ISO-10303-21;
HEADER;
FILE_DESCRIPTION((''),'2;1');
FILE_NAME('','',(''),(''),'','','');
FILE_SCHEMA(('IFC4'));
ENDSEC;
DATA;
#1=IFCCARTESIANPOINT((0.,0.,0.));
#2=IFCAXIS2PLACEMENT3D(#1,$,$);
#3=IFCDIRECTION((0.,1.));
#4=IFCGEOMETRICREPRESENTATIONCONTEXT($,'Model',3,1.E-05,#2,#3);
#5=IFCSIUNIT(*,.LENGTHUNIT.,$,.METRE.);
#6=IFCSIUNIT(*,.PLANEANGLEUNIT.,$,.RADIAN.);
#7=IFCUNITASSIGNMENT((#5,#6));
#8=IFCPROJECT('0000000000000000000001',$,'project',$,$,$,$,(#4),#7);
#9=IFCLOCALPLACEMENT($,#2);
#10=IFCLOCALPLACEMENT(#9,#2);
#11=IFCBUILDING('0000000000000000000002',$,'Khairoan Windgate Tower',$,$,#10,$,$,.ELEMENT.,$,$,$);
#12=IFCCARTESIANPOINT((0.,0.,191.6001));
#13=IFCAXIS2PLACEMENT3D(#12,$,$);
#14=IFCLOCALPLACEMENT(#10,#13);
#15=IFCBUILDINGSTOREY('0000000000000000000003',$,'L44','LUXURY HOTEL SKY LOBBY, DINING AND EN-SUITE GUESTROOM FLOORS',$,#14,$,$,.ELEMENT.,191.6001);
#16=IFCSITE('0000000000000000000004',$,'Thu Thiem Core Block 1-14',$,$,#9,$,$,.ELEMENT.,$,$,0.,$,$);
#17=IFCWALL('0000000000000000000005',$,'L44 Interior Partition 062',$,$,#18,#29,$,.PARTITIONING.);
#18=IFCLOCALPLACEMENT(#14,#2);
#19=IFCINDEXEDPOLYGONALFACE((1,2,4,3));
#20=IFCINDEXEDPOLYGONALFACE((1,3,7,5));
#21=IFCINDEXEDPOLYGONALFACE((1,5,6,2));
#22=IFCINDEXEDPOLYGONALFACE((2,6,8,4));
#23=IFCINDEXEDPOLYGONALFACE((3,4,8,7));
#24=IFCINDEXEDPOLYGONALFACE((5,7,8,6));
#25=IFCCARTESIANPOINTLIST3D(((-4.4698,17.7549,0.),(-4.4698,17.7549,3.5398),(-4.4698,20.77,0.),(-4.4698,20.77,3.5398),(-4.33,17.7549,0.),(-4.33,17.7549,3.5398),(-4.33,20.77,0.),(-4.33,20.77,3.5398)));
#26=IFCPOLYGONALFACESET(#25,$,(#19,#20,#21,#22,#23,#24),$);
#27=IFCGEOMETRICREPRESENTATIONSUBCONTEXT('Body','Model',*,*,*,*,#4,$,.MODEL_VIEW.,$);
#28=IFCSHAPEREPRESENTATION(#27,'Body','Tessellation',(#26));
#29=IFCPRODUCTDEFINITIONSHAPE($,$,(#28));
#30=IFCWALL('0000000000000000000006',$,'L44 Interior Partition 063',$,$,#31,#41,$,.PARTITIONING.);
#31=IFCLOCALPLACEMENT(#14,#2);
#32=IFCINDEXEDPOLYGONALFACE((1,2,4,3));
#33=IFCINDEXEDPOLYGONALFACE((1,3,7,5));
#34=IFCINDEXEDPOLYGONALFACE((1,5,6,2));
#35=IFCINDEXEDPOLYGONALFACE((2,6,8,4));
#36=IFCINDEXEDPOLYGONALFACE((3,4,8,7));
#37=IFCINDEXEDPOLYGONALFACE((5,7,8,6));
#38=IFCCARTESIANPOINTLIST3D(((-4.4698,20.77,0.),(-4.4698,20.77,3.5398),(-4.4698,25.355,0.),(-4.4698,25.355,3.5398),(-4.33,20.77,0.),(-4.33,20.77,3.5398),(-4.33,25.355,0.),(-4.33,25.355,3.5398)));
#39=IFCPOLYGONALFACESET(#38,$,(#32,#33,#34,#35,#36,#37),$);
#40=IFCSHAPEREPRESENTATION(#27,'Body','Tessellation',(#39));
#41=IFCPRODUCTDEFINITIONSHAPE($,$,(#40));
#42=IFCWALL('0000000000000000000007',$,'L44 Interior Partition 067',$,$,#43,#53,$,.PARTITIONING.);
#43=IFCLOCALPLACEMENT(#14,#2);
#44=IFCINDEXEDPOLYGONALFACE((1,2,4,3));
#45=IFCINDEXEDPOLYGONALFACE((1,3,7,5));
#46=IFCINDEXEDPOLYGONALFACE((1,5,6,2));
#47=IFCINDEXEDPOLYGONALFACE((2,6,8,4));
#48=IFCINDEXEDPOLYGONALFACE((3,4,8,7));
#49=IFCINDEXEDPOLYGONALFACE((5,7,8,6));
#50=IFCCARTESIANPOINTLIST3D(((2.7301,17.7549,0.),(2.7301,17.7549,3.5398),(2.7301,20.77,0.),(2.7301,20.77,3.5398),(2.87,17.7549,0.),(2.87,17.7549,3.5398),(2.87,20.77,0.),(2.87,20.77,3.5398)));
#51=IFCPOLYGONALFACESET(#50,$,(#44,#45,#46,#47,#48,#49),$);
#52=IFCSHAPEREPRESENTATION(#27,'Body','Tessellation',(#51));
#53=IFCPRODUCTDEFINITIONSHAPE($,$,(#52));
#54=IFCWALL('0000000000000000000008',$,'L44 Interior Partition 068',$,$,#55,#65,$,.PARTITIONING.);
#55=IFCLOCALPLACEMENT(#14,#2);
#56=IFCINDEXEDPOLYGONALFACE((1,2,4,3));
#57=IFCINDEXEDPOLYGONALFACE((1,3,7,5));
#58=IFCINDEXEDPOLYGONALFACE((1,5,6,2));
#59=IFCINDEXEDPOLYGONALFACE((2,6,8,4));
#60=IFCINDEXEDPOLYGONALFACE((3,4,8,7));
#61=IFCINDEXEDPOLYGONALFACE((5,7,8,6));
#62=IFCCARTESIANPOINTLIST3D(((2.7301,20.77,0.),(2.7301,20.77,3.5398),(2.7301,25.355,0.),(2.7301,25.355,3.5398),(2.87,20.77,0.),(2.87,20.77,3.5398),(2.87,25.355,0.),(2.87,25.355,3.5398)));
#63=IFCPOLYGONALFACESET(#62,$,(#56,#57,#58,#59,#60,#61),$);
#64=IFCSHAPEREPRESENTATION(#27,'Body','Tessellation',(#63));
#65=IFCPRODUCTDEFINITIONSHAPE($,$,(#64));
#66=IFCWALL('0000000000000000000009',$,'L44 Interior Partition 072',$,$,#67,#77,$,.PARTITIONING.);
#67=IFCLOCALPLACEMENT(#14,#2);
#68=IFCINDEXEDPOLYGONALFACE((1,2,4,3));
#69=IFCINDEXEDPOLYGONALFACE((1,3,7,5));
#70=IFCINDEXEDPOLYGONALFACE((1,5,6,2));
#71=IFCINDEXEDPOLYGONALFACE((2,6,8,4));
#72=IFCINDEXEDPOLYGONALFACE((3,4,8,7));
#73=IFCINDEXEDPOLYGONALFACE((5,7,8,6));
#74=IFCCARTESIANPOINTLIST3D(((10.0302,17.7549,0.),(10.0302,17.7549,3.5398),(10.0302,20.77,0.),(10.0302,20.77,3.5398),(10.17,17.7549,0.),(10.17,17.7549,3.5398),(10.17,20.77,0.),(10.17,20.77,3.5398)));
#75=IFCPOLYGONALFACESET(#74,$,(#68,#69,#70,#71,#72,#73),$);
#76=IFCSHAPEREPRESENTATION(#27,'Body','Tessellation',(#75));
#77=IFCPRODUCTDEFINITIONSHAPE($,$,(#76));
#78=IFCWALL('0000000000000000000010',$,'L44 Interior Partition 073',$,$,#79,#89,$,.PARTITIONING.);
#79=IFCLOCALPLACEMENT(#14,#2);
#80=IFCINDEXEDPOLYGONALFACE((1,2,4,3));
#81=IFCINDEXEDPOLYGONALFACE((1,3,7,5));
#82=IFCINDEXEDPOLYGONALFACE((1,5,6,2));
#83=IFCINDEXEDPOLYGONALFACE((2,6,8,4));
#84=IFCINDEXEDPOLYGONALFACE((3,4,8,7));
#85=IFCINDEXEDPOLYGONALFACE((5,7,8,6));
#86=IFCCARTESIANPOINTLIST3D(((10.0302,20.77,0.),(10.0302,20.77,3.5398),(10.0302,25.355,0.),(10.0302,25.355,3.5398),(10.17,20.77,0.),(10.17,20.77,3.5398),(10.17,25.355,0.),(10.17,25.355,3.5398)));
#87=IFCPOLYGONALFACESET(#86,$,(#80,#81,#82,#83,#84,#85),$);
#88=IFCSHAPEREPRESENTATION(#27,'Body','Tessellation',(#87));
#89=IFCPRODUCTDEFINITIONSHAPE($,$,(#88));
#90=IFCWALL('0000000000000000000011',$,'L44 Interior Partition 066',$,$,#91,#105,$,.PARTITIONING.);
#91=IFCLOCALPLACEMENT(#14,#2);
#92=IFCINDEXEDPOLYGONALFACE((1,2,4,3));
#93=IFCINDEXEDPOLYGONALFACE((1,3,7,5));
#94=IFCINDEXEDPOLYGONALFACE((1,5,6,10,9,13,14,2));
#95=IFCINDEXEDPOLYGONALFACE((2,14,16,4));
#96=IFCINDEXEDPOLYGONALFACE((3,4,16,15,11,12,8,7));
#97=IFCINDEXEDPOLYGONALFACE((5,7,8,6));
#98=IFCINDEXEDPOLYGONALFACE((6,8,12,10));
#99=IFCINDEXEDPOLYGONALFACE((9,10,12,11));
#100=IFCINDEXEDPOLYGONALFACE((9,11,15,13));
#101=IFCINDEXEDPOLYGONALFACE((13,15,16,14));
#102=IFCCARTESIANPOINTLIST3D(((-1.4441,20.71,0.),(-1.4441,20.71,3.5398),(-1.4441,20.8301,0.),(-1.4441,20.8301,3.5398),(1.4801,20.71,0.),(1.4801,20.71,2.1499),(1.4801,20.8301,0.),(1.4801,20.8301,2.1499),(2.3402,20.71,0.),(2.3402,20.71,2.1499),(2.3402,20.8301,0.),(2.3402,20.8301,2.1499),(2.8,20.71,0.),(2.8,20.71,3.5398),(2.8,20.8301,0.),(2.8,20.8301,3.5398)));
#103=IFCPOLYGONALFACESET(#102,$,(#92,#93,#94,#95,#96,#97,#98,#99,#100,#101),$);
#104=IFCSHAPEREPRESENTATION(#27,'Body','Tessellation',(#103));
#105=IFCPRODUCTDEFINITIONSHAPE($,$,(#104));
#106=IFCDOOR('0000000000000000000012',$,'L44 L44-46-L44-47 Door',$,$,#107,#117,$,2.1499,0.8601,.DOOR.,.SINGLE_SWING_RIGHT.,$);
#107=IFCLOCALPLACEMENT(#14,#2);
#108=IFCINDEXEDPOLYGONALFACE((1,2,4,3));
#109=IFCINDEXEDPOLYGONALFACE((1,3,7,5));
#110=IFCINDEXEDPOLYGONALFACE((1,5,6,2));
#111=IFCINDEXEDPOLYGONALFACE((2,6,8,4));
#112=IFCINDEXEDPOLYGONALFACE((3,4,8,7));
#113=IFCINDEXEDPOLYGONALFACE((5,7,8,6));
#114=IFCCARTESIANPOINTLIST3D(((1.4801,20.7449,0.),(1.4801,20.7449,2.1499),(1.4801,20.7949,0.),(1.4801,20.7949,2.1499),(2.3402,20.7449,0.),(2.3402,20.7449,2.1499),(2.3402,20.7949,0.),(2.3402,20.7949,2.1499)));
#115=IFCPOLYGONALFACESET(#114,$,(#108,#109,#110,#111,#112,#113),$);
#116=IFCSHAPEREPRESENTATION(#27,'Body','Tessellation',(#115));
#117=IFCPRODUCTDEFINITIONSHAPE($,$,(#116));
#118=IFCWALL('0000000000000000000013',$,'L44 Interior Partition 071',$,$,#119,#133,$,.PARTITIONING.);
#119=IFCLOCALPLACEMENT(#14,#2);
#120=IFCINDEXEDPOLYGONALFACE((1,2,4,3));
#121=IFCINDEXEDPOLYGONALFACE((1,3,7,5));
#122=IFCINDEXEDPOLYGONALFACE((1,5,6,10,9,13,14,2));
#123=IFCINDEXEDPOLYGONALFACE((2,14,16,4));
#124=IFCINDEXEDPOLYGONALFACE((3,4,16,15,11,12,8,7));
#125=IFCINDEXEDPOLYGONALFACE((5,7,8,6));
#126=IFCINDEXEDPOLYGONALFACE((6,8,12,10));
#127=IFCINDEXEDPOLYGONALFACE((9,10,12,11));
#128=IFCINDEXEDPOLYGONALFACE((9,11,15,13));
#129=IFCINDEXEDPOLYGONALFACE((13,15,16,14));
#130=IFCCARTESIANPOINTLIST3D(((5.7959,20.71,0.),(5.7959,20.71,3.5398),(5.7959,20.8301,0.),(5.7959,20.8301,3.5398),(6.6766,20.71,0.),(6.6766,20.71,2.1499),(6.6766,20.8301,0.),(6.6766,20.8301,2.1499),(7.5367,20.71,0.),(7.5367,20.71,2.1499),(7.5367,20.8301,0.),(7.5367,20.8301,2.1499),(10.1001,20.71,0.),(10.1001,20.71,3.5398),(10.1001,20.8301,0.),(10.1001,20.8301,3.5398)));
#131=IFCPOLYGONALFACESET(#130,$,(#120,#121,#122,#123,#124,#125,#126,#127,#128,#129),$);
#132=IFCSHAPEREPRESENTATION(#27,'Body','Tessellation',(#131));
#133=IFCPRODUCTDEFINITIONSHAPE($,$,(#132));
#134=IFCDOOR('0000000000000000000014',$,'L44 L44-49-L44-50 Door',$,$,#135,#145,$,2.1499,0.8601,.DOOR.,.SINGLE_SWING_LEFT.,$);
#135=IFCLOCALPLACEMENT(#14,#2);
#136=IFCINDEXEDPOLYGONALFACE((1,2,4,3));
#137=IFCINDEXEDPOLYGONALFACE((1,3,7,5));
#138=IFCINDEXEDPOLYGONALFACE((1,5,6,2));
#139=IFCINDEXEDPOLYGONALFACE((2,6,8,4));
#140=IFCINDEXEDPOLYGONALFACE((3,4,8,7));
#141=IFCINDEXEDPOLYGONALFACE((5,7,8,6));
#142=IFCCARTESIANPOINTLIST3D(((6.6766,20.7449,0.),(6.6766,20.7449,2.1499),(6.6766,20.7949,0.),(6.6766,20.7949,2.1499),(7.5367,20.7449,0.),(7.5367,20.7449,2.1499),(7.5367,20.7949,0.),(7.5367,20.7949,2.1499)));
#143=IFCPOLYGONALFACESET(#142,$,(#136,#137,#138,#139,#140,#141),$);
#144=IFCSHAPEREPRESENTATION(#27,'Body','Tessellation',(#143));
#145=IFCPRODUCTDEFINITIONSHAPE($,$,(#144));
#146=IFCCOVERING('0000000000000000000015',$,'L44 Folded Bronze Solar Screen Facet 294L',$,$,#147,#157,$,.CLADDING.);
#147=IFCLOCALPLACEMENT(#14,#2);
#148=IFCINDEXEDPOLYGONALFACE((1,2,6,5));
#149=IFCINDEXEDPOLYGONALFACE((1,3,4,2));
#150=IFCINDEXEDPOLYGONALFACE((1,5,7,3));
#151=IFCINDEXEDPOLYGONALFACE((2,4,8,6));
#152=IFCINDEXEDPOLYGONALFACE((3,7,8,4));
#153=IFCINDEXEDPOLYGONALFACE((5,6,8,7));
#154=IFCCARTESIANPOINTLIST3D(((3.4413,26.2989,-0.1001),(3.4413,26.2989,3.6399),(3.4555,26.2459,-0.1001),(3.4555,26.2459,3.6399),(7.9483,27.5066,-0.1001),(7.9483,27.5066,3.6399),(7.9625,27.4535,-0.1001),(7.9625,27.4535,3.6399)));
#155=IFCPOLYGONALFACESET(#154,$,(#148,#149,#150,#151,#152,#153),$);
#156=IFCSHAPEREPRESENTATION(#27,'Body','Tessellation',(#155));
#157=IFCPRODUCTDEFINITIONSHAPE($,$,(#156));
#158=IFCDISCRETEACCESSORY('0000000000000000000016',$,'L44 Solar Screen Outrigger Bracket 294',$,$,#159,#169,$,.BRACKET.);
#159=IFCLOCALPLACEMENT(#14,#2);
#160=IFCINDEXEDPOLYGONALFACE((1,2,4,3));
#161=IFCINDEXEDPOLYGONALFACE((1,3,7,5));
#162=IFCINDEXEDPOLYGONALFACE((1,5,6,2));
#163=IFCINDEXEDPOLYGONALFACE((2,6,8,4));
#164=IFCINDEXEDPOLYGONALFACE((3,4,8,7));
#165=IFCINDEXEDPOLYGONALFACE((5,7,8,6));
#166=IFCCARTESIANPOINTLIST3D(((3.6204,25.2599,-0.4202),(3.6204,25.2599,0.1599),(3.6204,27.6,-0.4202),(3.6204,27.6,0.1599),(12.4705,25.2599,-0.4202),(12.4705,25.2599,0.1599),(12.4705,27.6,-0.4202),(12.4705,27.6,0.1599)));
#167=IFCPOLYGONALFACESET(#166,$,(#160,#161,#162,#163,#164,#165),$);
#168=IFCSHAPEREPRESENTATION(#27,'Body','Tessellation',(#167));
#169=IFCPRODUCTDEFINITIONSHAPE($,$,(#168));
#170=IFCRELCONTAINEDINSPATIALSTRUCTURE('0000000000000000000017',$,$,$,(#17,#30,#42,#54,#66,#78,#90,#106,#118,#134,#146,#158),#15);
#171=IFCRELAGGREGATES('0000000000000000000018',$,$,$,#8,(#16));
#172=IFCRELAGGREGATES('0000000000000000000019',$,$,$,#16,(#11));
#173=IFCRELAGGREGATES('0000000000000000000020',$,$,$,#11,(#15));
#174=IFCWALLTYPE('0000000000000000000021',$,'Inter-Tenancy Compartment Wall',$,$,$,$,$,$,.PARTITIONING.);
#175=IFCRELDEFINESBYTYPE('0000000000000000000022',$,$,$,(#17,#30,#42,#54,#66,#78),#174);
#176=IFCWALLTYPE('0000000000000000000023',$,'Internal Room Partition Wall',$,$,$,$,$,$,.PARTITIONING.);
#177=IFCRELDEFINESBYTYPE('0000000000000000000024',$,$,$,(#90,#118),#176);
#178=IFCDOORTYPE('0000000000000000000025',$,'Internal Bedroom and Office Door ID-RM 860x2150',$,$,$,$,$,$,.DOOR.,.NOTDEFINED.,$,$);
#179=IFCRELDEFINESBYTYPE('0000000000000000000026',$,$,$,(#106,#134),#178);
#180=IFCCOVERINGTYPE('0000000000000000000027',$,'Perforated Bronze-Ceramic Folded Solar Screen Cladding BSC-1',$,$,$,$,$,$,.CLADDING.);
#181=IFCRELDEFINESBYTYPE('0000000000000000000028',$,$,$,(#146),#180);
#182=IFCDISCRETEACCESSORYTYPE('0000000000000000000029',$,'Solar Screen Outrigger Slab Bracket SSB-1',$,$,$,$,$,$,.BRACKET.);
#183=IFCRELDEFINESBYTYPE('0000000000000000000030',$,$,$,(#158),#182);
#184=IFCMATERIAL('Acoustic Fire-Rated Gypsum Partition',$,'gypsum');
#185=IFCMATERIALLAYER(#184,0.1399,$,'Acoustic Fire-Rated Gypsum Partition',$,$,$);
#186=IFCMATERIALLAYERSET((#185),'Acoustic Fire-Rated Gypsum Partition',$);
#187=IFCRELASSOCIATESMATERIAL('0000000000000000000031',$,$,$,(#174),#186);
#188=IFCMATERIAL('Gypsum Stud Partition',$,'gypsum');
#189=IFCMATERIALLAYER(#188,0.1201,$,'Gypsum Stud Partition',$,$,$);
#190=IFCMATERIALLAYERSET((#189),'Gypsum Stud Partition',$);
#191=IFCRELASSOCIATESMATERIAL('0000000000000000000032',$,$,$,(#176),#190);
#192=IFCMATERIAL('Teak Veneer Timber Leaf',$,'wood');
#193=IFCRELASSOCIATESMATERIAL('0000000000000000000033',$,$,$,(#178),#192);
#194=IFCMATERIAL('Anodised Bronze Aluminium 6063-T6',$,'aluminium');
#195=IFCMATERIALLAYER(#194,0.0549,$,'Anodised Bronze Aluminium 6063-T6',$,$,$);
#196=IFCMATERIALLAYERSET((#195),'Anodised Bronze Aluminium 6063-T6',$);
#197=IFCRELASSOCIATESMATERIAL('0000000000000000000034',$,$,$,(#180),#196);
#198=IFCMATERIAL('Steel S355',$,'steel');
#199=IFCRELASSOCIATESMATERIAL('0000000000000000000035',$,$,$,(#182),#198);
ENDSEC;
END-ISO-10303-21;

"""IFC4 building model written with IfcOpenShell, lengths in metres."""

from ifc_helpers import new_model, si_unit, direction, frame, frame_2d, origin, origin_2d, place, context, subcontext, project, spatial, rectangle, extrude, material, layer, layer_set, type_object, element, fill, save


model = new_model("IFC4")

# Units and contexts
model_context = context("Model", 3, precision=1e-05, world=origin(), true_north=direction((0.0, 1.0)))
body_context = subcontext(model_context, "Body", "Model", "MODEL_VIEW")
ifc_project = project(units=[si_unit("LENGTHUNIT", "METRE"), si_unit("PLANEANGLEUNIT", "RADIAN")], contexts=[model_context])

# Site, building, storey
site_placement = place(None, origin())
site = spatial("IfcSite", under=ifc_project, at=site_placement, Name="Thu Thiem Core Block 1-14", CompositionType="ELEMENT", RefElevation=0.0)
building_placement = place(site_placement, origin())
building = spatial("IfcBuilding", under=site, at=building_placement, Name="Khairoan Windgate Tower", CompositionType="ELEMENT")
storey_placement = place(building_placement, frame((0.0, 0.0, 191.6001)))
storey = spatial("IfcBuildingStorey", under=building, at=storey_placement, Name="L44", Description="LUXURY HOTEL SKY LOBBY, DINING AND EN-SUITE GUESTROOM FLOORS", CompositionType="ELEMENT", Elevation=191.6001)

# Walls
ifc_material_1 = material(Name="Acoustic Fire-Rated Gypsum Partition", Category="gypsum")
ifc_layer_1 = layer(ifc_material_1, 0.1399, Name="Acoustic Fire-Rated Gypsum Partition")
ifc_layer_set_1 = layer_set([ifc_layer_1], Name="Acoustic Fire-Rated Gypsum Partition")
wall_type_1 = type_object("IfcWallType", Name="Inter-Tenancy Compartment Wall", PredefinedType="PARTITIONING", material=ifc_layer_set_1)
wall_1_placement = place(storey_placement, frame((-4.3999, 17.7549, 0.0), z_axis=(0.0, 0.0, 1.0), x_axis=(0.0, 1.0, 0.0)))
element("IfcWall", 1, at=wall_1_placement, inside=storey, type_object=wall_type_1, Name="L44 Interior Partition 062", PredefinedType="PARTITIONING", context=body_context, shape_type="SweptSolid", body=[
    extrude(rectangle(XDim=3.0151, YDim=0.1399, at=frame_2d((1.5076, 0.0))), origin(), (0.0, 0.0, 1.0), 3.5398),
])
wall_2_placement = place(storey_placement, frame((-4.3999, 20.77, 0.0), z_axis=(0.0, 0.0, 1.0), x_axis=(0.0, 1.0, 0.0)))
element("IfcWall", 2, at=wall_2_placement, inside=storey, type_object=wall_type_1, Name="L44 Interior Partition 063", PredefinedType="PARTITIONING", context=body_context, shape_type="SweptSolid", body=[
    extrude(rectangle(XDim=4.585, YDim=0.1399, at=frame_2d((2.2925, 0.0))), origin(), (0.0, 0.0, 1.0), 3.5398),
])
wall_3_placement = place(storey_placement, frame((2.8, 17.7549, 0.0), z_axis=(0.0, 0.0, 1.0), x_axis=(0.0, 1.0, 0.0)))
element("IfcWall", 3, at=wall_3_placement, inside=storey, type_object=wall_type_1, Name="L44 Interior Partition 067", PredefinedType="PARTITIONING", context=body_context, shape_type="SweptSolid", body=[
    extrude(rectangle(XDim=3.0151, YDim=0.1399, at=frame_2d((1.5076, 0.0))), origin(), (0.0, 0.0, 1.0), 3.5398),
])
wall_4_placement = place(storey_placement, frame((2.8, 20.77, 0.0), z_axis=(0.0, 0.0, 1.0), x_axis=(0.0, 1.0, 0.0)))
element("IfcWall", 4, at=wall_4_placement, inside=storey, type_object=wall_type_1, Name="L44 Interior Partition 068", PredefinedType="PARTITIONING", context=body_context, shape_type="SweptSolid", body=[
    extrude(rectangle(XDim=4.585, YDim=0.1399, at=frame_2d((2.2925, 0.0))), origin(), (0.0, 0.0, 1.0), 3.5398),
])
wall_5_placement = place(storey_placement, frame((10.1001, 17.7549, 0.0), z_axis=(0.0, 0.0, 1.0), x_axis=(0.0, 1.0, 0.0)))
element("IfcWall", 5, at=wall_5_placement, inside=storey, type_object=wall_type_1, Name="L44 Interior Partition 072", PredefinedType="PARTITIONING", context=body_context, shape_type="SweptSolid", body=[
    extrude(rectangle(XDim=3.0151, YDim=0.1399, at=frame_2d((1.5076, 0.0))), origin(), (0.0, 0.0, 1.0), 3.5398),
])
wall_6_placement = place(storey_placement, frame((10.1001, 20.77, 0.0), z_axis=(0.0, 0.0, 1.0), x_axis=(0.0, 1.0, 0.0)))
element("IfcWall", 6, at=wall_6_placement, inside=storey, type_object=wall_type_1, Name="L44 Interior Partition 073", PredefinedType="PARTITIONING", context=body_context, shape_type="SweptSolid", body=[
    extrude(rectangle(XDim=4.585, YDim=0.1399, at=frame_2d((2.2925, 0.0))), origin(), (0.0, 0.0, 1.0), 3.5398),
])

# Walls, openings, doors
ifc_material_2 = material(Name="Gypsum Stud Partition", Category="gypsum")
ifc_layer_2 = layer(ifc_material_2, 0.1201, Name="Gypsum Stud Partition")
ifc_layer_set_2 = layer_set([ifc_layer_2], Name="Gypsum Stud Partition")
wall_type_2 = type_object("IfcWallType", Name="Internal Room Partition Wall", PredefinedType="PARTITIONING", material=ifc_layer_set_2)
wall_7_placement = place(storey_placement, frame((-1.4441, 20.77, 0.0), z_axis=(0.0, 0.0, 1.0), x_axis=(1.0, 0.0, 0.0)))
wall_7 = element("IfcWall", 7, at=wall_7_placement, inside=storey, type_object=wall_type_2, Name="L44 Interior Partition 066", PredefinedType="PARTITIONING", context=body_context, shape_type="SweptSolid", body=[
    extrude(rectangle(XDim=4.2441, YDim=0.1201, at=frame_2d((2.1221, 0.0))), origin(), (0.0, 0.0, 1.0), 3.5398),
])
opening_1_placement = place(wall_7_placement, frame((2.9241, 0.0, 0.0)))
opening_1 = element("IfcOpeningElement", 8, at=opening_1_placement, cuts=wall_7, PredefinedType="OPENING", context=body_context, shape_type="SweptSolid", body=[
    extrude(rectangle(XDim=0.8601, YDim=2.1499, at=frame_2d((0.4302, 1.075))), frame((0.0, 0.0701, 0.0), z_axis=(0.0, -1.0, 0.0), x_axis=(1.0, 0.0, 0.0)), (0.0, 0.0, 1.0), 0.1401),
])
ifc_material_3 = material(Name="Teak Veneer Timber Leaf", Category="wood")
door_type_1 = type_object("IfcDoorType", Name="Internal Bedroom and Office Door ID-RM 860x2150", OperationType="NOTDEFINED", PredefinedType="DOOR", material=ifc_material_3)
door_1_placement = place(opening_1_placement, origin())
door_1 = element("IfcDoor", 9, at=door_1_placement, inside=storey, type_object=door_type_1, Name="L44 L44-46-L44-47 Door", OperationType="SINGLE_SWING_RIGHT", OverallHeight=2.1499, OverallWidth=0.8601, PredefinedType="DOOR", context=body_context, shape_type="SweptSolid", body=[
    extrude(rectangle(XDim=0.8601, YDim=2.1499, at=frame_2d((0.4302, 1.075))), frame((0.0, 0.0249, 0.0), z_axis=(0.0, -1.0, 0.0), x_axis=(1.0, 0.0, 0.0)), (0.0, 0.0, 1.0), 0.05),
])
fill(opening_1, door_1)
wall_8_placement = place(storey_placement, frame((5.7959, 20.77, 0.0), z_axis=(0.0, 0.0, 1.0), x_axis=(1.0, 0.0, 0.0)))
wall_8 = element("IfcWall", 10, at=wall_8_placement, inside=storey, type_object=wall_type_2, Name="L44 Interior Partition 071", PredefinedType="PARTITIONING", context=body_context, shape_type="SweptSolid", body=[
    extrude(rectangle(XDim=4.3042, YDim=0.1201, at=frame_2d((2.1521, 0.0))), origin(), (0.0, 0.0, 1.0), 3.5398),
])
opening_2_placement = place(wall_8_placement, frame((0.8806, 0.0, 0.0)))
opening_2 = element("IfcOpeningElement", 11, at=opening_2_placement, cuts=wall_8, PredefinedType="OPENING", context=body_context, shape_type="SweptSolid", body=[
    extrude(rectangle(XDim=0.8601, YDim=2.1499, at=frame_2d((0.4302, 1.075))), frame((0.0, 0.0701, 0.0), z_axis=(0.0, -1.0, 0.0), x_axis=(1.0, 0.0, 0.0)), (0.0, 0.0, 1.0), 0.1401),
])
door_2_placement = place(opening_2_placement, origin())
door_2 = element("IfcDoor", 12, at=door_2_placement, inside=storey, type_object=door_type_1, Name="L44 L44-49-L44-50 Door", OperationType="SINGLE_SWING_LEFT", OverallHeight=2.1499, OverallWidth=0.8601, PredefinedType="DOOR", context=body_context, shape_type="SweptSolid", body=[
    extrude(rectangle(XDim=0.8601, YDim=2.1499, at=frame_2d((0.4302, 1.075))), frame((0.0, 0.0249, 0.0), z_axis=(0.0, -1.0, 0.0), x_axis=(1.0, 0.0, 0.0)), (0.0, 0.0, 1.0), 0.05),
])
fill(opening_2, door_2)

# Covering
ifc_material_4 = material(Name="Anodised Bronze Aluminium 6063-T6", Category="aluminium")
ifc_layer_3 = layer(ifc_material_4, 0.0549, Name="Anodised Bronze Aluminium 6063-T6")
ifc_layer_set_3 = layer_set([ifc_layer_3], Name="Anodised Bronze Aluminium 6063-T6")
covering_type = type_object("IfcCoveringType", Name="Perforated Bronze-Ceramic Folded Solar Screen Cladding BSC-1", PredefinedType="CLADDING", material=ifc_layer_set_3)
covering_placement = place(storey_placement, frame((5.7019, 26.8762, -0.1001), z_axis=(0.0, 0.0, 1.0), x_axis=(0.965926, 0.258819, 0.0)))
element("IfcCovering", 13, at=covering_placement, inside=storey, type_object=covering_type, Name="L44 Folded Bronze Solar Screen Facet 294L", PredefinedType="CLADDING", context=body_context, shape_type="SweptSolid", body=[
    extrude(rectangle(XDim=4.666, YDim=0.0549, at=origin_2d()), origin(), (0.0, 0.0, 1.0), 3.74),
])

# Discrete accessory
ifc_material_5 = material(Name="Steel S355", Category="steel")
discrete_accessory_type = type_object("IfcDiscreteAccessoryType", Name="Solar Screen Outrigger Slab Bracket SSB-1", PredefinedType="BRACKET", material=ifc_material_5)
discrete_accessory_placement = place(storey_placement, frame((8.0454, 26.4299, -0.4202), z_axis=(0.0, 0.0, 1.0), x_axis=(1.0, 0.0, 0.0)))
element("IfcDiscreteAccessory", 14, at=discrete_accessory_placement, inside=storey, type_object=discrete_accessory_type, Name="L44 Solar Screen Outrigger Bracket 294", PredefinedType="BRACKET", context=body_context, shape_type="SweptSolid", body=[
    extrude(rectangle(XDim=8.8501, YDim=2.3401, at=origin_2d()), origin(), (0.0, 0.0, 1.0), 0.5801),
])

save(model, "model.ifc")
